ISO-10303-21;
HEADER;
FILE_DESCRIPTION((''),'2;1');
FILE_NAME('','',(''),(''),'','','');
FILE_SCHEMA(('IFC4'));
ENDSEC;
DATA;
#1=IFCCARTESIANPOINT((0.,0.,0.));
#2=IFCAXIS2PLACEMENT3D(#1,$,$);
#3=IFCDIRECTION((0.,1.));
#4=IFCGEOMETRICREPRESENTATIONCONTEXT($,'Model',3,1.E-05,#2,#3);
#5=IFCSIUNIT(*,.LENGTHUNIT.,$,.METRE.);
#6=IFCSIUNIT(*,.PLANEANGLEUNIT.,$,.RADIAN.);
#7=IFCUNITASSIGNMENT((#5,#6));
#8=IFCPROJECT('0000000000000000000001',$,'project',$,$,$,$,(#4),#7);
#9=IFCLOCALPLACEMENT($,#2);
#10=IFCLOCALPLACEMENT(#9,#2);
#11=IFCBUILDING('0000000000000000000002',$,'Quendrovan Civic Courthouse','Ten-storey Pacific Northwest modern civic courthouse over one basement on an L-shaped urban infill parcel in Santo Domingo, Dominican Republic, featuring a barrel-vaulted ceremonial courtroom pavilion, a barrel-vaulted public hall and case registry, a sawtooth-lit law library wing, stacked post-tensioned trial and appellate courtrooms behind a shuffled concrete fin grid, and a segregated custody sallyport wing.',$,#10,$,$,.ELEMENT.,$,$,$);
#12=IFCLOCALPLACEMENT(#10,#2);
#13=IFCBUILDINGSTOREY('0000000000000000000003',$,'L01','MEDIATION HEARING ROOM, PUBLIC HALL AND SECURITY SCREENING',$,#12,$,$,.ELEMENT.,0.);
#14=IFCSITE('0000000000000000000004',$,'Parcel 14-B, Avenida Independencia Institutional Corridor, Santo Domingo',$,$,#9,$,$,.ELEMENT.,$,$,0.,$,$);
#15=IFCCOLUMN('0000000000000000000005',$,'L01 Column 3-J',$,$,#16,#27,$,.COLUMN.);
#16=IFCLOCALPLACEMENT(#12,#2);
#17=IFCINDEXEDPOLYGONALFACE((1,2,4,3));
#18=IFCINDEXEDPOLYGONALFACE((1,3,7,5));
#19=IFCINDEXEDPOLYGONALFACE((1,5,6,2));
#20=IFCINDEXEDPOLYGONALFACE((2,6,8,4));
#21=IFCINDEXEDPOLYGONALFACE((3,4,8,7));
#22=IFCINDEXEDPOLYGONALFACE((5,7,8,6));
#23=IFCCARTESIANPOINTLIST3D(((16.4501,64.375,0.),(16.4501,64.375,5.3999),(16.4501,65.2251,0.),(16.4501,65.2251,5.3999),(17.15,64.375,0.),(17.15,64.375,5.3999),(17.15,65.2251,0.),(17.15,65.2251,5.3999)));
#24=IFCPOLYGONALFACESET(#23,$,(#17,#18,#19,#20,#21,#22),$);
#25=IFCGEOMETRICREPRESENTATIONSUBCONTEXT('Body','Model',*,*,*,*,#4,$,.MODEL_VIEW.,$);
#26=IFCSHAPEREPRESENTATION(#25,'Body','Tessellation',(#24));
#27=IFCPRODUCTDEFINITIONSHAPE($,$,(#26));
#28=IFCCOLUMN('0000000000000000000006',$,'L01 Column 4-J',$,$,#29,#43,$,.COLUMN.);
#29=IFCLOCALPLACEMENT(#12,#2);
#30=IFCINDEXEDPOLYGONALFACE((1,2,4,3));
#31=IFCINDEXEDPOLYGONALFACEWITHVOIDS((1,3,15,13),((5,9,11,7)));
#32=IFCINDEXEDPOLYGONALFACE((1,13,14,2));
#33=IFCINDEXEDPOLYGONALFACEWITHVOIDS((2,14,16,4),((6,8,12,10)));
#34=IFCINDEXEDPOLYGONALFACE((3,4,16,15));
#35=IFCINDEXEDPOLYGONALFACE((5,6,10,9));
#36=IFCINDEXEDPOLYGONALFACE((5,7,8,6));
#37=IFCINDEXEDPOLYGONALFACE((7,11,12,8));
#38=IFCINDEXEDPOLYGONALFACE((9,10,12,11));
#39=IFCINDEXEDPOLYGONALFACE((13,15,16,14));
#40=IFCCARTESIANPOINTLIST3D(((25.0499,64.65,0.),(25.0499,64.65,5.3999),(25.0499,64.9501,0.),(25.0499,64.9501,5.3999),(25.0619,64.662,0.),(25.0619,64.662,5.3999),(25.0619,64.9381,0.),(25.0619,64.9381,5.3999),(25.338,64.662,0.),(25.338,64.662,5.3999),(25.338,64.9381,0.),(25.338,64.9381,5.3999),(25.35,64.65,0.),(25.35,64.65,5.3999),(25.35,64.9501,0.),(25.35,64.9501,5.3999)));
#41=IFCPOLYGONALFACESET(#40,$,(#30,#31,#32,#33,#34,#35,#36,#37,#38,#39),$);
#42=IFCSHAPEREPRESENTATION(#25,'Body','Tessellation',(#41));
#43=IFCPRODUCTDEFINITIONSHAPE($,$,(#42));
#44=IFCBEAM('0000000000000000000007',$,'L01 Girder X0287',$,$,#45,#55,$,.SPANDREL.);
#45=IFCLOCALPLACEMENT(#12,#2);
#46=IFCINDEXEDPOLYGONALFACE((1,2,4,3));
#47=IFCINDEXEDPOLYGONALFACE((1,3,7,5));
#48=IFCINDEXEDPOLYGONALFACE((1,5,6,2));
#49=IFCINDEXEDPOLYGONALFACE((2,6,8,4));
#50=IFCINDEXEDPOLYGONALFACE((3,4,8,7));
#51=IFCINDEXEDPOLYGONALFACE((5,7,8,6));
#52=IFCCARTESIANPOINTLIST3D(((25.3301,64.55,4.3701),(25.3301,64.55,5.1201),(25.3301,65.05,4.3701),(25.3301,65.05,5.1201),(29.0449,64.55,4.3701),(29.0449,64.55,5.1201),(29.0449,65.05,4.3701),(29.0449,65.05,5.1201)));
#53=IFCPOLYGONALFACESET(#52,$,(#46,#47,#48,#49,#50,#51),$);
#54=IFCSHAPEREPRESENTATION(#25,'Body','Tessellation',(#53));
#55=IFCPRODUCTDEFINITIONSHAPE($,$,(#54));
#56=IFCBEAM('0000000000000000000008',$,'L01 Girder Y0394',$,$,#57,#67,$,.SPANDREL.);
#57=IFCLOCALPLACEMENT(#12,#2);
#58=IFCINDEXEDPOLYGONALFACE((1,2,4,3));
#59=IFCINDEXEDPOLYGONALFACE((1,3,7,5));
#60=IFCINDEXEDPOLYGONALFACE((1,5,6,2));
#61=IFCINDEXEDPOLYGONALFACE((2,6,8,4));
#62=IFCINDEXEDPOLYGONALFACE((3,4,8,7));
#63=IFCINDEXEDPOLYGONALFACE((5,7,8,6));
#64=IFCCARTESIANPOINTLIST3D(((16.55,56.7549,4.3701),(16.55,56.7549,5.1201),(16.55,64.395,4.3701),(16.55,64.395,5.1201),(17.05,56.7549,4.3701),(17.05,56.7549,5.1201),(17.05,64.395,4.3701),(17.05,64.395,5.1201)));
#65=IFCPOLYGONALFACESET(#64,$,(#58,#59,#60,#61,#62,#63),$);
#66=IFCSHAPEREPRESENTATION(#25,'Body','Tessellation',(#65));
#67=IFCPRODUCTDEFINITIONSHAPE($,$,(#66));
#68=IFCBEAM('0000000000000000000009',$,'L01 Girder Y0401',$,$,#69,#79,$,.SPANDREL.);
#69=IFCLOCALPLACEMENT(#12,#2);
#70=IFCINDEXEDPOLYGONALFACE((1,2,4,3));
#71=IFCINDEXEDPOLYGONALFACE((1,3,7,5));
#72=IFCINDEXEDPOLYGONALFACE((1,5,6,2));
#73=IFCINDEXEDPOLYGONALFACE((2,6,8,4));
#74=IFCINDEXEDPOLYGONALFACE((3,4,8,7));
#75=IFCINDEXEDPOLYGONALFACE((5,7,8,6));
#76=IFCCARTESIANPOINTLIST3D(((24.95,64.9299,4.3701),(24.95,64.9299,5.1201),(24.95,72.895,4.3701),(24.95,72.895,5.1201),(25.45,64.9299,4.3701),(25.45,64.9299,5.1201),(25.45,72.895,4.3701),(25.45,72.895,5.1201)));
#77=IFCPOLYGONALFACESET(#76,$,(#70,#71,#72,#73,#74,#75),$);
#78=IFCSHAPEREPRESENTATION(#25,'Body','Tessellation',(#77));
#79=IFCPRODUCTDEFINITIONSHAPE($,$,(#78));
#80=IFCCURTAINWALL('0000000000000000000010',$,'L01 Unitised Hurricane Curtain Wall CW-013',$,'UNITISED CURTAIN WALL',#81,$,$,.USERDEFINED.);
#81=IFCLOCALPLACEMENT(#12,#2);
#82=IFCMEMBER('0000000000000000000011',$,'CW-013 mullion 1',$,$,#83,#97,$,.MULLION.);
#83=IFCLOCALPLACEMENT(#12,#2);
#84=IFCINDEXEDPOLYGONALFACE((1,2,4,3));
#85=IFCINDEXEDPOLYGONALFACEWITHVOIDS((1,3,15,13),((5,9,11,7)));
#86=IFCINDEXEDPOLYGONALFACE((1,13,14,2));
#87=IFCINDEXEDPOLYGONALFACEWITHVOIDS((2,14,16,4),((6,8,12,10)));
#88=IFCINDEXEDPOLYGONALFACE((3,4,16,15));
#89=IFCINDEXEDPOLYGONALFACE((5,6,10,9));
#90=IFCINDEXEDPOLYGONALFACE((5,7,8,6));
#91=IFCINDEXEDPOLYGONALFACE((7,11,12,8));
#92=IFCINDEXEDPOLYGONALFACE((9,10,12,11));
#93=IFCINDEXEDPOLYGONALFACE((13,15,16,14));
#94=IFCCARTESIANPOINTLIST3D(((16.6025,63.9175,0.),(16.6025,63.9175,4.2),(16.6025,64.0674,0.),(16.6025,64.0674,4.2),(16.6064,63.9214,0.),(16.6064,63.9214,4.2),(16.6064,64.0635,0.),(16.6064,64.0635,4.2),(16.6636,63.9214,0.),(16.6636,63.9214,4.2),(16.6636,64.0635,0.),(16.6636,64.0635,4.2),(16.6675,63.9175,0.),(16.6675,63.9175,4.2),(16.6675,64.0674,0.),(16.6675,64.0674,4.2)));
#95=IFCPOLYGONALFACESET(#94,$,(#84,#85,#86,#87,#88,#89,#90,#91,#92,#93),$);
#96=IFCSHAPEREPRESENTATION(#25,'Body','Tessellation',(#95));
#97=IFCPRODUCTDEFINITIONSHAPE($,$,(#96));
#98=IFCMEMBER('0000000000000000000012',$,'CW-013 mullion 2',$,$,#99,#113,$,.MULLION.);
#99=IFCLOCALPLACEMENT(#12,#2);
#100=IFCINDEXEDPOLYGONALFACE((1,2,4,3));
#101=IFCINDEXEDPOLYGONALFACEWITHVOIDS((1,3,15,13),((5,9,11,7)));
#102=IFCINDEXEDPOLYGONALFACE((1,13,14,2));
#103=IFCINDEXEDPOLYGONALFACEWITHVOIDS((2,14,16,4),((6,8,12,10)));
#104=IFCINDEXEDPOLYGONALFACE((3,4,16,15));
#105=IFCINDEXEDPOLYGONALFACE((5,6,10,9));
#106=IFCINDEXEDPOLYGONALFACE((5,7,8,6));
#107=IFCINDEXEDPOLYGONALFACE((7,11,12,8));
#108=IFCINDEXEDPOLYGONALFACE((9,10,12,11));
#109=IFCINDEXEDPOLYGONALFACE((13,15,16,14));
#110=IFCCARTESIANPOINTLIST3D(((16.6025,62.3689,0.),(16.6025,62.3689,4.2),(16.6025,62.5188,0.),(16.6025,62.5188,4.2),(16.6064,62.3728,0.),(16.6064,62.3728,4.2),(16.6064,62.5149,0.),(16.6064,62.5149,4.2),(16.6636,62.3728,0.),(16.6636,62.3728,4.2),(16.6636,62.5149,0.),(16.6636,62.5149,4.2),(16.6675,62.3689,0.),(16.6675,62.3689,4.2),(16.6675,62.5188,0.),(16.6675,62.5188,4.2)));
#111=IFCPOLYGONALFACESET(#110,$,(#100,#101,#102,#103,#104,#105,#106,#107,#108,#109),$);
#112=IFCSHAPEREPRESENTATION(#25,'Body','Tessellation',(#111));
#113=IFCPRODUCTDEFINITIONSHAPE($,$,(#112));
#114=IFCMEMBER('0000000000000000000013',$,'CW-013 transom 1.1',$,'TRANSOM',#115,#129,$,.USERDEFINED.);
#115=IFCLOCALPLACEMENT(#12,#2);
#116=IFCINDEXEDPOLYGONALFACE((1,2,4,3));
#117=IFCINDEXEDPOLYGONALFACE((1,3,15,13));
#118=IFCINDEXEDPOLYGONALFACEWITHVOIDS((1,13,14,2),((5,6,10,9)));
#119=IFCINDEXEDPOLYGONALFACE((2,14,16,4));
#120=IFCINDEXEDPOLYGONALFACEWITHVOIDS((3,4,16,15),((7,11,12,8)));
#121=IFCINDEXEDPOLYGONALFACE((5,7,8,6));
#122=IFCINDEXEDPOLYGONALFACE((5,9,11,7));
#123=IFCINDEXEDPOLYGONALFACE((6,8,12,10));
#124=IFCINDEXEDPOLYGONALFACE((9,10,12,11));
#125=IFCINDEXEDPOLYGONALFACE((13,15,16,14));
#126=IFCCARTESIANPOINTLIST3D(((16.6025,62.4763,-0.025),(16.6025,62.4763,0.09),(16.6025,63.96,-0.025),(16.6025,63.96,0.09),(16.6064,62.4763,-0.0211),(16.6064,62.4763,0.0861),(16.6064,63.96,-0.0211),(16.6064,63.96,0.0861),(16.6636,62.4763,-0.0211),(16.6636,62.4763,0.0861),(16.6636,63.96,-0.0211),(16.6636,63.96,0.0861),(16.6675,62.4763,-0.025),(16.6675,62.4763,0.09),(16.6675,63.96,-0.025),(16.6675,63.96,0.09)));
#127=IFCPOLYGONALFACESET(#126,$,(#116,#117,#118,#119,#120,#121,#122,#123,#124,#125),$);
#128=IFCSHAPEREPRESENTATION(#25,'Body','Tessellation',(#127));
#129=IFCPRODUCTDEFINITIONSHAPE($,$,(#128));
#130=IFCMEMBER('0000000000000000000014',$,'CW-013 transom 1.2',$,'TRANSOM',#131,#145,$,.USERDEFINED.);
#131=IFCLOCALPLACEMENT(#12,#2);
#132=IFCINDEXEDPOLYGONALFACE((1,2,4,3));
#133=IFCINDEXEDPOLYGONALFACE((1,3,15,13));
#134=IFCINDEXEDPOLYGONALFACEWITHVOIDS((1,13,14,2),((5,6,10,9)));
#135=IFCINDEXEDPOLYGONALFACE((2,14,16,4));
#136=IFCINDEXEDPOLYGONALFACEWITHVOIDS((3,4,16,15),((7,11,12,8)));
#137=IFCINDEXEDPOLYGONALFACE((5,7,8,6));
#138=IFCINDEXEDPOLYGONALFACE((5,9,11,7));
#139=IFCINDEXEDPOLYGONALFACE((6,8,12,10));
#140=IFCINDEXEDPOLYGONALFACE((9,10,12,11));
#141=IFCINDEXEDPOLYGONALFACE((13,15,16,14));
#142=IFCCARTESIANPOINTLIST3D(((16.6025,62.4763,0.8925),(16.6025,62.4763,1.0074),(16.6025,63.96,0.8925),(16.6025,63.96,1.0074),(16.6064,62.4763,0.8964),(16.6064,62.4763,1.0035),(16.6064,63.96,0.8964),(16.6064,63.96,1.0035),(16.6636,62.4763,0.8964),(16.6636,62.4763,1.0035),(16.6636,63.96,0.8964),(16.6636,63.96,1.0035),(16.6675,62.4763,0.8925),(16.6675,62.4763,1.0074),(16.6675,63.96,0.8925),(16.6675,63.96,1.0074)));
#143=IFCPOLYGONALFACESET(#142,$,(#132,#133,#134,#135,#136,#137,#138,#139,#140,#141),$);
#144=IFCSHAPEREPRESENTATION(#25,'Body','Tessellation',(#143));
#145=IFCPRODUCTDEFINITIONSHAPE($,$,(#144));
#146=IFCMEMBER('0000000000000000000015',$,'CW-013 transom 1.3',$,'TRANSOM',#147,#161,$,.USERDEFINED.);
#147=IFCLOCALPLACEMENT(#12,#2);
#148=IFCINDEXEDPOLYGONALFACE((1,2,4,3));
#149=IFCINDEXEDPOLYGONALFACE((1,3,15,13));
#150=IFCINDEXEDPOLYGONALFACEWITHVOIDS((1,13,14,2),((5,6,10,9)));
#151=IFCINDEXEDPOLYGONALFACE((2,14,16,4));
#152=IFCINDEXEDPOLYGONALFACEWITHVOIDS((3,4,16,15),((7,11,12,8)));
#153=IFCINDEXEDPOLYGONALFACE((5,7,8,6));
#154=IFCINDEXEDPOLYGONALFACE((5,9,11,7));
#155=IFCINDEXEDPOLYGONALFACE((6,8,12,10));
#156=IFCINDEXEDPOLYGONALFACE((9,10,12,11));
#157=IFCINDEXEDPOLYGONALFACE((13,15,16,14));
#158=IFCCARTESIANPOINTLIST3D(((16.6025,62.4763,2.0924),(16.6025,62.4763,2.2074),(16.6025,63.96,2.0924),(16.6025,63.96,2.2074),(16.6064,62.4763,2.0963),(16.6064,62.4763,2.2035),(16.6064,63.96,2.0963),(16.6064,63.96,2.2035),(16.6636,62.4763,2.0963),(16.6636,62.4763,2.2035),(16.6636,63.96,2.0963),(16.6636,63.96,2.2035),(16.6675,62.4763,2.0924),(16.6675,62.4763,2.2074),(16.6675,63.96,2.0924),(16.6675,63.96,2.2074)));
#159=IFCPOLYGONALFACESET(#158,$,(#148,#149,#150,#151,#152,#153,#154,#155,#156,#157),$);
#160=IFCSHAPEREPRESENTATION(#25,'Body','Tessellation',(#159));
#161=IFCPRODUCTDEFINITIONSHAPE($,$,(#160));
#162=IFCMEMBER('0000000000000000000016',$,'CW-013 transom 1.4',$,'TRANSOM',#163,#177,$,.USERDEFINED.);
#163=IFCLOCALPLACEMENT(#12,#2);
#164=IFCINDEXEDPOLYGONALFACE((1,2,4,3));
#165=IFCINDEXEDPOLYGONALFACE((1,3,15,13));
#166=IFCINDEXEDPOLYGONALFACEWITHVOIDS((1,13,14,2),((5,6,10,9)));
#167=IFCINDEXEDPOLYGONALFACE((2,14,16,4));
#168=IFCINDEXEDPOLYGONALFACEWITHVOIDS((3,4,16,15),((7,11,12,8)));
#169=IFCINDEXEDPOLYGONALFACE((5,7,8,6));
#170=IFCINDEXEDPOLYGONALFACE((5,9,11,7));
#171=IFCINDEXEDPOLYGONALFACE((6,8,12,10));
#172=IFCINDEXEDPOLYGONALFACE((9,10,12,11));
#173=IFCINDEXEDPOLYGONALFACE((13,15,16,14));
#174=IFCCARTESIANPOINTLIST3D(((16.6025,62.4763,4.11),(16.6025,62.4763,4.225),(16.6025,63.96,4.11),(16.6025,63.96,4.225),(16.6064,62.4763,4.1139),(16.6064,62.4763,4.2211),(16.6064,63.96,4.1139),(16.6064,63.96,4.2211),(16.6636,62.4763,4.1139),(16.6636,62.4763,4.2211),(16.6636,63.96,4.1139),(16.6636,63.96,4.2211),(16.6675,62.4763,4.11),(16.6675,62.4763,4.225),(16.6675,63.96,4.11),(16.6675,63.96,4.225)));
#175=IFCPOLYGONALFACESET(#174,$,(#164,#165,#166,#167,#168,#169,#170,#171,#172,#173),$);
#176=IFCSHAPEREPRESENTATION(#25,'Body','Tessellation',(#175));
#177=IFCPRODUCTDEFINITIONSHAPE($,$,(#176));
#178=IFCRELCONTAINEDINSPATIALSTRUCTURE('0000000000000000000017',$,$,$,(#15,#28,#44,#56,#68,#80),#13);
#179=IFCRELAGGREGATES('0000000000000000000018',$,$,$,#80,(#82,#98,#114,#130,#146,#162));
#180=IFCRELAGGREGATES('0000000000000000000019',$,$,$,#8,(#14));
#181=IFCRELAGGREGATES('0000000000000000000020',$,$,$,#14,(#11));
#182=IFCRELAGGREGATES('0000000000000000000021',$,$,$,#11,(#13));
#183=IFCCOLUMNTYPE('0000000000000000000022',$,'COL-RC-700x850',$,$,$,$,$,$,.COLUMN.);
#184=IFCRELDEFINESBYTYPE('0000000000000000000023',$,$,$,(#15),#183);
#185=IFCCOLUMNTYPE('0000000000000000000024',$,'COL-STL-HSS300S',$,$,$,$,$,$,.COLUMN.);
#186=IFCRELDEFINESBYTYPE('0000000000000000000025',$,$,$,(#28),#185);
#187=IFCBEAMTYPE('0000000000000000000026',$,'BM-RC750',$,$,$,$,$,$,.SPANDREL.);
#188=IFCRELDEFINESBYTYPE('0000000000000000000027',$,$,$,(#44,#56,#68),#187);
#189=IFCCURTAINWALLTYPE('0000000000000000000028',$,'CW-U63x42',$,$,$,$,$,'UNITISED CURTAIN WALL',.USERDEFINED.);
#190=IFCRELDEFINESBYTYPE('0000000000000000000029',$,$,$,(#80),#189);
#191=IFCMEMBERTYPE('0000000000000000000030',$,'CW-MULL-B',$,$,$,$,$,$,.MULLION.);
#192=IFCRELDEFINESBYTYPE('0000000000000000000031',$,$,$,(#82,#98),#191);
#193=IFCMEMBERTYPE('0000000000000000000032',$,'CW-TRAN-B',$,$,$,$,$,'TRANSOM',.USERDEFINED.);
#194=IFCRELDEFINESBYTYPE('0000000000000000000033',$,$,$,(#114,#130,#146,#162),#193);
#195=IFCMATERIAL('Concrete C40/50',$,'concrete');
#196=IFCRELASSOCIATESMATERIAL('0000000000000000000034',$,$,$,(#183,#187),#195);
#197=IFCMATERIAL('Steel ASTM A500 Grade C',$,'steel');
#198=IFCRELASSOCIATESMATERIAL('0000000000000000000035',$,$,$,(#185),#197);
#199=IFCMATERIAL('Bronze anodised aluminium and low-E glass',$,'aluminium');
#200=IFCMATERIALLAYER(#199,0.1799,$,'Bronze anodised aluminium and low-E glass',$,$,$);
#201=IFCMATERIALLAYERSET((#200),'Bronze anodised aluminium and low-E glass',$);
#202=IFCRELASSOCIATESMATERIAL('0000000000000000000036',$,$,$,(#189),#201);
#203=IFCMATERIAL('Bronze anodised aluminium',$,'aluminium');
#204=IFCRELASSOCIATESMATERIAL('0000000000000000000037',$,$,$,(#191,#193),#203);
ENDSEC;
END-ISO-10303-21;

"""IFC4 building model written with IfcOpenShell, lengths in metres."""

from ifc_helpers import new_model, si_unit, direction, frame, origin, origin_2d, place, context, subcontext, project, spatial, rectangle, hollow_rectangle, extrude, material, layer, layer_set, material_profile, profile_set, type_object, element, aggregate, save


model = new_model("IFC4")

# Units and contexts
model_context = context("Model", 3, precision=1e-05, world=origin(), true_north=direction((0.0, 1.0)))
body_context = subcontext(model_context, "Body", "Model", "MODEL_VIEW")
ifc_project = project(units=[si_unit("LENGTHUNIT", "METRE"), si_unit("PLANEANGLEUNIT", "RADIAN")], contexts=[model_context])

# Site, building, storey
site_placement = place(None, origin())
site = spatial("IfcSite", under=ifc_project, at=site_placement, Name="Parcel 14-B, Avenida Independencia Institutional Corridor, Santo Domingo", CompositionType="ELEMENT", RefElevation=0.0)
building_placement = place(site_placement, origin())
building = spatial("IfcBuilding", under=site, at=building_placement, Name="Quendrovan Civic Courthouse", Description="Ten-storey Pacific Northwest modern civic courthouse over one basement on an L-shaped urban infill parcel in Santo Domingo, Dominican Republic, featuring a barrel-vaulted ceremonial courtroom pavilion, a barrel-vaulted public hall and case registry, a sawtooth-lit law library wing, stacked post-tensioned trial and appellate courtrooms behind a shuffled concrete fin grid, and a segregated custody sallyport wing.", CompositionType="ELEMENT")
storey_placement = place(building_placement, origin())
storey = spatial("IfcBuildingStorey", under=building, at=storey_placement, Name="L01", Description="MEDIATION HEARING ROOM, PUBLIC HALL AND SECURITY SCREENING", CompositionType="ELEMENT", Elevation=0.0)

# Columns
ifc_material_1 = material(Name="Concrete C40/50", Category="concrete")
ifc_material_profile_1 = material_profile(ifc_material_1, rectangle(XDim=0.7, YDim=0.8501, at=origin_2d()), Name="RC-COL-700x850")
ifc_profile_set_1 = profile_set([ifc_material_profile_1], Name="Concrete C40/50")
column_type_1 = type_object("IfcColumnType", Name="COL-RC-700x850", PredefinedType="COLUMN", material=ifc_profile_set_1)
column_1_placement = place(storey_placement, frame((16.8, 64.8, 0.0), z_axis=(0.0, 0.0, 1.0), x_axis=(1.0, 0.0, 0.0)))
element("IfcColumn", 1, at=column_1_placement, inside=storey, type_object=column_type_1, Name="L01 Column 3-J", PredefinedType="COLUMN", context=body_context, shape_type="SweptSolid", body=[
    extrude(rectangle(XDim=0.7, YDim=0.8501, at=origin_2d()), origin(), (0.0, 0.0, 1.0), 5.3999),
])
ifc_material_2 = material(Name="Steel ASTM A500 Grade C", Category="steel")
ifc_material_profile_2 = material_profile(ifc_material_2, hollow_rectangle(XDim=0.3, YDim=0.3, WallThickness=0.012, at=origin_2d()), Name="HSS300x300x12")
ifc_profile_set_2 = profile_set([ifc_material_profile_2], Name="Steel ASTM A500 Grade C")
column_type_2 = type_object("IfcColumnType", Name="COL-STL-HSS300S", PredefinedType="COLUMN", material=ifc_profile_set_2)
column_2_placement = place(storey_placement, frame((25.2, 64.8, 0.0), z_axis=(0.0, 0.0, 1.0), x_axis=(1.0, 0.0, 0.0)))
element("IfcColumn", 2, at=column_2_placement, inside=storey, type_object=column_type_2, Name="L01 Column 4-J", PredefinedType="COLUMN", context=body_context, shape_type="SweptSolid", body=[
    extrude(hollow_rectangle(XDim=0.3, YDim=0.3, WallThickness=0.012, at=origin_2d()), origin(), (0.0, 0.0, 1.0), 5.3999),
])

# Beams
ifc_material_profile_3 = material_profile(ifc_material_1, rectangle(XDim=0.5, YDim=0.75, at=origin_2d()), Name="RC-BM-500x750")
ifc_profile_set_3 = profile_set([ifc_material_profile_3], Name="Concrete C40/50")
beam_type = type_object("IfcBeamType", Name="BM-RC750", PredefinedType="SPANDREL", material=ifc_profile_set_3)
beam_1_placement = place(storey_placement, frame((25.3301, 64.8, 4.7451), z_axis=(1.0, 0.0, 0.0), x_axis=(0.0, 1.0, 0.0)))
element("IfcBeam", 3, at=beam_1_placement, inside=storey, type_object=beam_type, Name="L01 Girder X0287", PredefinedType="SPANDREL", context=body_context, shape_type="SweptSolid", body=[
    extrude(rectangle(XDim=0.5, YDim=0.75, at=origin_2d()), origin(), (0.0, 0.0, 1.0), 3.7148),
])
beam_2_placement = place(storey_placement, frame((16.8, 56.7549, 4.7451), z_axis=(0.0, 1.0, 0.0), x_axis=(-1.0, 0.0, 0.0)))
element("IfcBeam", 4, at=beam_2_placement, inside=storey, type_object=beam_type, Name="L01 Girder Y0394", PredefinedType="SPANDREL", context=body_context, shape_type="SweptSolid", body=[
    extrude(rectangle(XDim=0.5, YDim=0.75, at=origin_2d()), origin(), (0.0, 0.0, 1.0), 7.6401),
])
beam_3_placement = place(storey_placement, frame((25.2, 64.9299, 4.7451), z_axis=(0.0, 1.0, 0.0), x_axis=(-1.0, 0.0, 0.0)))
element("IfcBeam", 5, at=beam_3_placement, inside=storey, type_object=beam_type, Name="L01 Girder Y0401", PredefinedType="SPANDREL", context=body_context, shape_type="SweptSolid", body=[
    extrude(rectangle(XDim=0.5, YDim=0.75, at=origin_2d()), origin(), (0.0, 0.0, 1.0), 7.9651),
])

# Curtain wall, members
ifc_material_3 = material(Name="Bronze anodised aluminium and low-E glass", Category="aluminium")
ifc_layer_1 = layer(ifc_material_3, 0.1799, Name="Bronze anodised aluminium and low-E glass")
ifc_layer_set_1 = layer_set([ifc_layer_1], Name="Bronze anodised aluminium and low-E glass")
curtain_wall_type = type_object("IfcCurtainWallType", Name="CW-U63x42", ElementType="UNITISED CURTAIN WALL", PredefinedType="USERDEFINED", material=ifc_layer_set_1)
curtain_wall_placement = place(storey_placement, origin())
curtain_wall = element("IfcCurtainWall", 6, at=curtain_wall_placement, inside=storey, type_object=curtain_wall_type, Name="L01 Unitised Hurricane Curtain Wall CW-013", ObjectType="UNITISED CURTAIN WALL", PredefinedType="USERDEFINED")
ifc_material_4 = material(Name="Bronze anodised aluminium", Category="aluminium")
ifc_material_profile_4 = material_profile(ifc_material_4, hollow_rectangle(XDim=0.0649, YDim=0.1499, WallThickness=0.0039, at=origin_2d()), Name="CW-MULL-65x150")
ifc_profile_set_4 = profile_set([ifc_material_profile_4], Name="Bronze anodised aluminium")
member_type_1 = type_object("IfcMemberType", Name="CW-MULL-B", PredefinedType="MULLION", material=ifc_profile_set_4)
member_1_placement = place(storey_placement, frame((16.635, 63.9924, 0.0), z_axis=(0.0, 0.0, 1.0), x_axis=(1.0, 0.0, 0.0)))
member_1 = element("IfcMember", 7, at=member_1_placement, type_object=member_type_1, Name="CW-013 mullion 1", PredefinedType="MULLION", context=body_context, shape_type="SweptSolid", body=[
    extrude(hollow_rectangle(XDim=0.0649, YDim=0.1499, WallThickness=0.0039, at=origin_2d()), origin(), (0.0, 0.0, 1.0), 4.2),
])
member_2_placement = place(storey_placement, frame((16.635, 62.4438, 0.0), z_axis=(0.0, 0.0, 1.0), x_axis=(1.0, 0.0, 0.0)))
member_2 = element("IfcMember", 8, at=member_2_placement, type_object=member_type_1, Name="CW-013 mullion 2", PredefinedType="MULLION", context=body_context, shape_type="SweptSolid", body=[
    extrude(hollow_rectangle(XDim=0.0649, YDim=0.1499, WallThickness=0.0039, at=origin_2d()), origin(), (0.0, 0.0, 1.0), 4.2),
])
ifc_material_profile_5 = material_profile(ifc_material_4, hollow_rectangle(XDim=0.0649, YDim=0.115, WallThickness=0.0039, at=origin_2d()), Name="CW-TRAN-65x115")
ifc_profile_set_5 = profile_set([ifc_material_profile_5], Name="Bronze anodised aluminium")
member_type_2 = type_object("IfcMemberType", Name="CW-TRAN-B", ElementType="TRANSOM", PredefinedType="USERDEFINED", material=ifc_profile_set_5)
member_3_placement = place(storey_placement, frame((16.635, 63.96, 0.0325), z_axis=(0.0, -1.0, 0.0), x_axis=(1.0, 0.0, 0.0)))
member_3 = element("IfcMember", 9, at=member_3_placement, type_object=member_type_2, Name="CW-013 transom 1.1", ObjectType="TRANSOM", PredefinedType="USERDEFINED", context=body_context, shape_type="SweptSolid", body=[
    extrude(hollow_rectangle(XDim=0.0649, YDim=0.115, WallThickness=0.0039, at=origin_2d()), origin(), (0.0, 0.0, 1.0), 1.4836),
])
member_4_placement = place(storey_placement, frame((16.635, 63.96, 0.95), z_axis=(0.0, -1.0, 0.0), x_axis=(1.0, 0.0, 0.0)))
member_4 = element("IfcMember", 10, at=member_4_placement, type_object=member_type_2, Name="CW-013 transom 1.2", ObjectType="TRANSOM", PredefinedType="USERDEFINED", context=body_context, shape_type="SweptSolid", body=[
    extrude(hollow_rectangle(XDim=0.0649, YDim=0.115, WallThickness=0.0039, at=origin_2d()), origin(), (0.0, 0.0, 1.0), 1.4836),
])
member_5_placement = place(storey_placement, frame((16.635, 63.96, 2.1499), z_axis=(0.0, -1.0, 0.0), x_axis=(1.0, 0.0, 0.0)))
member_5 = element("IfcMember", 11, at=member_5_placement, type_object=member_type_2, Name="CW-013 transom 1.3", ObjectType="TRANSOM", PredefinedType="USERDEFINED", context=body_context, shape_type="SweptSolid", body=[
    extrude(hollow_rectangle(XDim=0.0649, YDim=0.115, WallThickness=0.0039, at=origin_2d()), origin(), (0.0, 0.0, 1.0), 1.4836),
])
member_6_placement = place(storey_placement, frame((16.635, 63.96, 4.1675), z_axis=(0.0, -1.0, 0.0), x_axis=(1.0, 0.0, 0.0)))
member_6 = element("IfcMember", 12, at=member_6_placement, type_object=member_type_2, Name="CW-013 transom 1.4", ObjectType="TRANSOM", PredefinedType="USERDEFINED", context=body_context, shape_type="SweptSolid", body=[
    extrude(hollow_rectangle(XDim=0.0649, YDim=0.115, WallThickness=0.0039, at=origin_2d()), origin(), (0.0, 0.0, 1.0), 1.4836),
])
aggregate(curtain_wall, [member_1, member_2, member_3, member_4, member_5, member_6])

save(model, "model.ifc")
